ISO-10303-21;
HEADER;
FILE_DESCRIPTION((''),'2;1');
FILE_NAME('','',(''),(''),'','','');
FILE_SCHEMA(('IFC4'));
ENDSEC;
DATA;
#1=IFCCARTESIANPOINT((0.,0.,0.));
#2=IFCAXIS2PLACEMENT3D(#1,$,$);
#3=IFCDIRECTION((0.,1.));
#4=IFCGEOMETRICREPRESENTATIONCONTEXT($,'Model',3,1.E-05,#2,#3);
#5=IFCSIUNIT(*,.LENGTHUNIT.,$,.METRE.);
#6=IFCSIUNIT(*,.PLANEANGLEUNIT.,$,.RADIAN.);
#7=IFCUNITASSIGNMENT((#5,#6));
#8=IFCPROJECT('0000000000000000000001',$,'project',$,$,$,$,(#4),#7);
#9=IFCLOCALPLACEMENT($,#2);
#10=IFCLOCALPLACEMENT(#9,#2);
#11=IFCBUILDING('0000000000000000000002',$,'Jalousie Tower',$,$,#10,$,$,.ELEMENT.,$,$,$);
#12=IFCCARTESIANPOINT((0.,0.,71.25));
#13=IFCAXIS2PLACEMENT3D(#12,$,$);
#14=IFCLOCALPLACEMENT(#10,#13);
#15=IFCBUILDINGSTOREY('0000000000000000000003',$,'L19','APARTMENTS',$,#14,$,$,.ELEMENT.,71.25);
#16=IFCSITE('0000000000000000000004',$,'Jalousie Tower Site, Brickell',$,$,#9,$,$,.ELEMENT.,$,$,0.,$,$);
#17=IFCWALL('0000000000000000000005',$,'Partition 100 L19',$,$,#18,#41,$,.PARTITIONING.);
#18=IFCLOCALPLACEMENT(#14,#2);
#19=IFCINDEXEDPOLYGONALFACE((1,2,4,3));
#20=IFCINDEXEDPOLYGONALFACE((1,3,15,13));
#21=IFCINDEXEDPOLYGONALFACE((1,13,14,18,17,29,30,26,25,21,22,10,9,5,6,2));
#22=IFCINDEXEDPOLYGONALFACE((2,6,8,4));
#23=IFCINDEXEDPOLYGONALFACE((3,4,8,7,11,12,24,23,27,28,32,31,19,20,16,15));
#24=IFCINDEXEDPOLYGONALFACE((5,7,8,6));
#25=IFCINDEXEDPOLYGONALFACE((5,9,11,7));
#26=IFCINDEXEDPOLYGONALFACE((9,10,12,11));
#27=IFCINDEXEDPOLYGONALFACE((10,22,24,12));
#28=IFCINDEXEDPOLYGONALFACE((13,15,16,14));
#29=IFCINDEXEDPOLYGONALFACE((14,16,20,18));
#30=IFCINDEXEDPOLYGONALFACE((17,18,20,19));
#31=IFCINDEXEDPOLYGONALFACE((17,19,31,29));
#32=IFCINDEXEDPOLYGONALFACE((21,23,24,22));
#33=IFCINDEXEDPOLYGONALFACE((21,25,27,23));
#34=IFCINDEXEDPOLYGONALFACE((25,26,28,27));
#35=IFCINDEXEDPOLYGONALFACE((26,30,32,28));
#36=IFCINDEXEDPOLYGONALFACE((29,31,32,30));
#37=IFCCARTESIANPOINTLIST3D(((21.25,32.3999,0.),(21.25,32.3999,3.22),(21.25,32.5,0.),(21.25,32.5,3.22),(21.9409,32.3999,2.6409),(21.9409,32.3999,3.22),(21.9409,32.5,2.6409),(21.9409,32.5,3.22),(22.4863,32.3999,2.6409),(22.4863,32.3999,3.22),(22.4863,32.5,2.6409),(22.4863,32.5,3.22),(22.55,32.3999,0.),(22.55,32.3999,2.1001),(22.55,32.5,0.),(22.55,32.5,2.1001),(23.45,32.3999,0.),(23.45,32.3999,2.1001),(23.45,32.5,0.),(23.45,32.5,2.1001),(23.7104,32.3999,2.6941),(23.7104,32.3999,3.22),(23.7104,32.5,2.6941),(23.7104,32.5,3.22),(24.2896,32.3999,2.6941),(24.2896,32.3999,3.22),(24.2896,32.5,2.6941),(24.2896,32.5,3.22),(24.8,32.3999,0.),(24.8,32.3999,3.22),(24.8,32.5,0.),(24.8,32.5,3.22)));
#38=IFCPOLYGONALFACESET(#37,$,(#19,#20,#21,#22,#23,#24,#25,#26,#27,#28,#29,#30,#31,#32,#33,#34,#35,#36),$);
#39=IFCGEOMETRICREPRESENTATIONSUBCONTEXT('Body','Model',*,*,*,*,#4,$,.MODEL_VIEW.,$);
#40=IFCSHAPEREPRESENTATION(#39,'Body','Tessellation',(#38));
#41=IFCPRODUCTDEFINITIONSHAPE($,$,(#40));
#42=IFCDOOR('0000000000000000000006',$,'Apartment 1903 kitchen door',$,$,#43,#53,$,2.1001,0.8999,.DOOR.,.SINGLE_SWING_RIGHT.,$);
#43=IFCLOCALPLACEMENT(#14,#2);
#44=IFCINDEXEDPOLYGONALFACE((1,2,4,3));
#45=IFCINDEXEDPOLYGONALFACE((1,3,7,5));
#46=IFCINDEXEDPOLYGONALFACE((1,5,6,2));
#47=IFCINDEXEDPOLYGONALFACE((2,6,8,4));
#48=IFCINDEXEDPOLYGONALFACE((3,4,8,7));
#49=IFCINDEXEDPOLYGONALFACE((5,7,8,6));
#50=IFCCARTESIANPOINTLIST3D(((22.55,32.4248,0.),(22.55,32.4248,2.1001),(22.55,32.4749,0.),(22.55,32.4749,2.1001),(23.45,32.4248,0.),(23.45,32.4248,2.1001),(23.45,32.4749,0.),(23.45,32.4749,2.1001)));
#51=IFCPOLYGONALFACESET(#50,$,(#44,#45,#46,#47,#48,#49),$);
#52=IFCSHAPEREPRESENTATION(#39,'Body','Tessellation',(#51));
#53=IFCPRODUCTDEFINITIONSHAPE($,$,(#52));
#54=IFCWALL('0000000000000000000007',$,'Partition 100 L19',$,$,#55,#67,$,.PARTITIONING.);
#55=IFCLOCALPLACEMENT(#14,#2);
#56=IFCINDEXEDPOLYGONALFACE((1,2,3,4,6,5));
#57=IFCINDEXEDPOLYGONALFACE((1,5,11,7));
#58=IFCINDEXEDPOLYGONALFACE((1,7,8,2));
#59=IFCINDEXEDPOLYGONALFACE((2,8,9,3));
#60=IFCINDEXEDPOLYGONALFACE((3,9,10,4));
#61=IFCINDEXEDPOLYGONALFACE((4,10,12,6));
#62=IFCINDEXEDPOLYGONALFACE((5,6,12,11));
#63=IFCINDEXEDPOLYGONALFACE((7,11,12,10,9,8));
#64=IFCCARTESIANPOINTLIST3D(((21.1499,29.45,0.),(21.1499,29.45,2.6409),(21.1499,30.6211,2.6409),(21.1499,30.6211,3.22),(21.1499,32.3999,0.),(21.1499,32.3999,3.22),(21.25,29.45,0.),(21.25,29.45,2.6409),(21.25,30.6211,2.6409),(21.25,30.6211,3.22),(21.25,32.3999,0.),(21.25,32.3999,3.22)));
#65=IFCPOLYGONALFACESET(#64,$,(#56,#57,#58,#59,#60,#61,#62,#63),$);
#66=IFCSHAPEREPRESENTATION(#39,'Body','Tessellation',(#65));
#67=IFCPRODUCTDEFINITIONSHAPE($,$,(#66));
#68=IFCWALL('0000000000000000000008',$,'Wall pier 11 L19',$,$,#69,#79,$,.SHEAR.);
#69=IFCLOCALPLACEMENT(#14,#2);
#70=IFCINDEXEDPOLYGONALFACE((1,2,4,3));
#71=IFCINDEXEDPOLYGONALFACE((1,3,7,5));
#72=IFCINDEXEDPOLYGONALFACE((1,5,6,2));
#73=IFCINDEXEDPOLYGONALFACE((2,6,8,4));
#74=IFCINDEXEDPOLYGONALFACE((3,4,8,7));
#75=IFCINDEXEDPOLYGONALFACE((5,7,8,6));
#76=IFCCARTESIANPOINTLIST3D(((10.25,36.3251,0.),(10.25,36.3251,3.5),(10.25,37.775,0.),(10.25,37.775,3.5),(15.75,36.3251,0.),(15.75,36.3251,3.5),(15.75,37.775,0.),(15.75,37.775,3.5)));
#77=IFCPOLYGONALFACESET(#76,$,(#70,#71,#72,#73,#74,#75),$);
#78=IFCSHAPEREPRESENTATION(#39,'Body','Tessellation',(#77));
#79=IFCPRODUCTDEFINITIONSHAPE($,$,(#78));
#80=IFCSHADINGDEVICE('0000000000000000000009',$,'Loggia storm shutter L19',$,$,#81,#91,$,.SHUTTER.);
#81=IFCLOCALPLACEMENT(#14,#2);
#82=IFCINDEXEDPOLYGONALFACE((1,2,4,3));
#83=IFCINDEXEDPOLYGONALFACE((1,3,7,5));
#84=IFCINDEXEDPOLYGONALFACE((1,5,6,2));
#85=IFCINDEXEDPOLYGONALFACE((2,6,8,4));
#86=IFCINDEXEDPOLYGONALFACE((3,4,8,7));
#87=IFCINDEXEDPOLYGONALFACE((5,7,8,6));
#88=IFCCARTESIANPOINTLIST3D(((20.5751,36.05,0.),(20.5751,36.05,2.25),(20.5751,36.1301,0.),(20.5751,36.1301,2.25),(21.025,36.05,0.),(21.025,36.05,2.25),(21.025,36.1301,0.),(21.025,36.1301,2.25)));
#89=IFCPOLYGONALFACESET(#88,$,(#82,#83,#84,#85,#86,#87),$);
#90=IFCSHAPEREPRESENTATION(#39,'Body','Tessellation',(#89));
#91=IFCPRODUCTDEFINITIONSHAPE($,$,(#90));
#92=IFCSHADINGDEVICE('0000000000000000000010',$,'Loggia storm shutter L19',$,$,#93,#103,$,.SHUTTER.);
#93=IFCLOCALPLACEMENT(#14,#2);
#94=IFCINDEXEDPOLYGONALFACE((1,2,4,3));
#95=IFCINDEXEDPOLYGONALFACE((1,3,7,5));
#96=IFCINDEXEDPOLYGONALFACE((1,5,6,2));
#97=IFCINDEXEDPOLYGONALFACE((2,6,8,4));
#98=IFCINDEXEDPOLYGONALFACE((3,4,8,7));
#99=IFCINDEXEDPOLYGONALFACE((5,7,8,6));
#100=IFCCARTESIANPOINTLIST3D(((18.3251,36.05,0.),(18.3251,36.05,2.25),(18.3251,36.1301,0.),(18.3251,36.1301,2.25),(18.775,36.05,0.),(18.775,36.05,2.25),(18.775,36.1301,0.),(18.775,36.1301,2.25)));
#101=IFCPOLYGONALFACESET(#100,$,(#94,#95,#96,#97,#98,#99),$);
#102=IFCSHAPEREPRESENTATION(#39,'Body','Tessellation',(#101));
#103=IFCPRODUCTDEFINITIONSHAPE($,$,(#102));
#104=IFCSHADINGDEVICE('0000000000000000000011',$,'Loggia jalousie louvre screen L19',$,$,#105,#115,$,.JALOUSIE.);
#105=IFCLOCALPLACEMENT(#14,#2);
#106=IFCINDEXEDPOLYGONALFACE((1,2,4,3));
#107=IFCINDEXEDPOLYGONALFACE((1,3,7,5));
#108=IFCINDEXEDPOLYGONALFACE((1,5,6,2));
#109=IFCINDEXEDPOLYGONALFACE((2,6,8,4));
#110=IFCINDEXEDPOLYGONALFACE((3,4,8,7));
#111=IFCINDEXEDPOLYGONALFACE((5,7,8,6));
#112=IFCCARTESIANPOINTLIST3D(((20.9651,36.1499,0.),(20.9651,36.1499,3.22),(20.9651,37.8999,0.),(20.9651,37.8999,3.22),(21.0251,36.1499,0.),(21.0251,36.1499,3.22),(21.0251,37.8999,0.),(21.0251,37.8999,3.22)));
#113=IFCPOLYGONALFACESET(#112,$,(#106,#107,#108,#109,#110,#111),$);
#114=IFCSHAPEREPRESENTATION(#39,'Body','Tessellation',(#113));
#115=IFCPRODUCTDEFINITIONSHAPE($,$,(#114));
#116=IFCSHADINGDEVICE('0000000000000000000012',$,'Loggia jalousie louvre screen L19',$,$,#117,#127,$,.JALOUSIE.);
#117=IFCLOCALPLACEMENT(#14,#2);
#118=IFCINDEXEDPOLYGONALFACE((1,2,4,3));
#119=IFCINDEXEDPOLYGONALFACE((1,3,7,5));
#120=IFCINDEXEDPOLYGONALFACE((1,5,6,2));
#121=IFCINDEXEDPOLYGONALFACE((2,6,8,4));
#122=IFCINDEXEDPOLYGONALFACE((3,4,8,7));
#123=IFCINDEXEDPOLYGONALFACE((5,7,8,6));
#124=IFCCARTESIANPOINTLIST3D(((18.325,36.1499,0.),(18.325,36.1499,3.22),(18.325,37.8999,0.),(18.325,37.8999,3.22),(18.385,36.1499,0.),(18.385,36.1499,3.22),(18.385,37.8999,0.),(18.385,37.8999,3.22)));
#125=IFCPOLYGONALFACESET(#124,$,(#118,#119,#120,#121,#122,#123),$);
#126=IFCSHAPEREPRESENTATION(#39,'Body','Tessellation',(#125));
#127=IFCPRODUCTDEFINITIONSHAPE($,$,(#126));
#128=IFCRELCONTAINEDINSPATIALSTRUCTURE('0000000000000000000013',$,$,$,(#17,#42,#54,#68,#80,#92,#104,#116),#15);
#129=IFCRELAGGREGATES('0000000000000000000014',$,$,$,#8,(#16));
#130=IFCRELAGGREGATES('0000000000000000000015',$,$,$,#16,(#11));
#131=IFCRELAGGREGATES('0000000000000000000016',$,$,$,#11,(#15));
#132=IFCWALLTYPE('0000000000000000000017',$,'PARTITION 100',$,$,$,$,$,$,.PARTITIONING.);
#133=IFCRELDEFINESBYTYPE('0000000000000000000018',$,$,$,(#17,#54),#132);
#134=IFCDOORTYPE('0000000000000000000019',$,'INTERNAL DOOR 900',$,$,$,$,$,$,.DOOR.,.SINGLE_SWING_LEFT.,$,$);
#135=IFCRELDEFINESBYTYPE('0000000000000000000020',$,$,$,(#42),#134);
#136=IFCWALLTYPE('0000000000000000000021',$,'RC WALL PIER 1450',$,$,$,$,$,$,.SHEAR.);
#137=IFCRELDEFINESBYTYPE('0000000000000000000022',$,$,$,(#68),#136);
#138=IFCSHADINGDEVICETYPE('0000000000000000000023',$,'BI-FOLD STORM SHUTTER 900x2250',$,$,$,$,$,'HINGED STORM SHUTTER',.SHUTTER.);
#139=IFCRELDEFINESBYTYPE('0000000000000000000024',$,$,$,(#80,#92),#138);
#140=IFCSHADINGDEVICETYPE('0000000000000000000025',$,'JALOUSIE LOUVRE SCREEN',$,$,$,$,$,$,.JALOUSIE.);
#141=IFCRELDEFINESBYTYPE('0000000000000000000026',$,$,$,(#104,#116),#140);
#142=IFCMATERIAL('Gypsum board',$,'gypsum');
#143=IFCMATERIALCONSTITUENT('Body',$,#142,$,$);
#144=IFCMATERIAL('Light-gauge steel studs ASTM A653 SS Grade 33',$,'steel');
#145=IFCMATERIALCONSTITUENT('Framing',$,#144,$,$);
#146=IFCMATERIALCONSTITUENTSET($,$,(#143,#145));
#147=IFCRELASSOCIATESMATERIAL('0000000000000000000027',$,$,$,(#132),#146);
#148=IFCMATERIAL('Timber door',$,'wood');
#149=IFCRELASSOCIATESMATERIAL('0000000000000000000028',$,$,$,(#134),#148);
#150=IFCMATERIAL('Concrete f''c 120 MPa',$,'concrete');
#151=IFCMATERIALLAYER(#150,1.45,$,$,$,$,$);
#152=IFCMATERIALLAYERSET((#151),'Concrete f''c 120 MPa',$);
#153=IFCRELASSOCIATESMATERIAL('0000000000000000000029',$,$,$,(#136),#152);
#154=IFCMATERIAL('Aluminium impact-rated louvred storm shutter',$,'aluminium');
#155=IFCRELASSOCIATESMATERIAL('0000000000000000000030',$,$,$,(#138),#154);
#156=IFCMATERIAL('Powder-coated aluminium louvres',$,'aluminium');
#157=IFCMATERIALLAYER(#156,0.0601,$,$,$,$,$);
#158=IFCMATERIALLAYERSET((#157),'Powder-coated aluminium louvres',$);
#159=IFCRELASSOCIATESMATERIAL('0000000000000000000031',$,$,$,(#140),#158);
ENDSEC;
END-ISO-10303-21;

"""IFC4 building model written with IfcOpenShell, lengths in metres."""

from ifc_helpers import new_model, si_unit, direction, frame, frame_2d, origin, origin_2d, place, context, subcontext, project, spatial, polyline, rectangle, outline, extrude, material, layer, layer_set, constituent, constituent_set, type_object, element, fill, save


model = new_model("IFC4")

# Units and contexts
model_context = context("Model", 3, precision=1e-05, world=origin(), true_north=direction((0.0, 1.0)))
body_context = subcontext(model_context, "Body", "Model", "MODEL_VIEW")
ifc_project = project(units=[si_unit("LENGTHUNIT", "METRE"), si_unit("PLANEANGLEUNIT", "RADIAN")], contexts=[model_context])

# Site, building, storey
site_placement = place(None, origin())
site = spatial("IfcSite", under=ifc_project, at=site_placement, Name="Jalousie Tower Site, Brickell", CompositionType="ELEMENT", RefElevation=0.0)
building_placement = place(site_placement, origin())
building = spatial("IfcBuilding", under=site, at=building_placement, Name="Jalousie Tower", CompositionType="ELEMENT")
storey_placement = place(building_placement, frame((0.0, 0.0, 71.25)))
storey = spatial("IfcBuildingStorey", under=building, at=storey_placement, Name="L19", Description="APARTMENTS", CompositionType="ELEMENT", Elevation=71.25)

# Wall, opening, door
ifc_material_1 = material(Name="Gypsum board", Category="gypsum")
ifc_constituent_1 = constituent(ifc_material_1, Name="Body")
ifc_material_2 = material(Name="Light-gauge steel studs ASTM A653 SS Grade 33", Category="steel")
ifc_constituent_2 = constituent(ifc_material_2, Name="Framing")
ifc_constituent_set_1 = constituent_set(constituents=[ifc_constituent_1, ifc_constituent_2])
wall_type_1 = type_object("IfcWallType", Name="PARTITION 100", PredefinedType="PARTITIONING", material=ifc_constituent_set_1)
wall_1_placement = place(storey_placement, frame((21.25, 32.45, 0.0), z_axis=(0.0, 0.0, 1.0), x_axis=(1.0, 0.0, 0.0)))
wall_1 = element("IfcWall", 1, at=wall_1_placement, inside=storey, type_object=wall_type_1, Name="Partition 100 L19", PredefinedType="PARTITIONING", context=body_context, shape_type="SweptSolid", body=[
    extrude(outline(polyline([(0.0, 0.0), (3.55, 0.0), (3.55, 3.22), (3.0396, 3.22), (3.0396, 2.6941), (2.4604, 2.6941), (2.4604, 3.22), (1.2363, 3.22), (1.2363, 2.6409), (0.6909, 2.6409), (0.6909, 3.22), (0.0, 3.22), (0.0, 0.0)])), frame((0.0, 0.05, 0.0), z_axis=(0.0, -1.0, 0.0), x_axis=(1.0, 0.0, 0.0)), (0.0, 0.0, 1.0), 0.1001),
])
opening_1_placement = place(wall_1_placement, frame((1.3, 0.0, 0.0)))
opening_1 = element("IfcOpeningElement", 2, at=opening_1_placement, cuts=wall_1, PredefinedType="OPENING", context=body_context, shape_type="SweptSolid", body=[
    extrude(rectangle(XDim=0.8999, YDim=2.1001, at=frame_2d((0.45, 1.05))), frame((0.0, 0.0601, 0.0), z_axis=(0.0, -1.0, 0.0), x_axis=(1.0, 0.0, 0.0)), (0.0, 0.0, 1.0), 0.1201),
])
ifc_material_3 = material(Name="Timber door", Category="wood")
door_type_1 = type_object("IfcDoorType", Name="INTERNAL DOOR 900", OperationType="SINGLE_SWING_LEFT", PredefinedType="DOOR", material=ifc_material_3)
door_1_placement = place(opening_1_placement, origin())
door_1 = element("IfcDoor", 3, at=door_1_placement, inside=storey, type_object=door_type_1, Name="Apartment 1903 kitchen door", OperationType="SINGLE_SWING_RIGHT", OverallHeight=2.1001, OverallWidth=0.8999, PredefinedType="DOOR", context=body_context, shape_type="SweptSolid", body=[
    extrude(rectangle(XDim=0.8999, YDim=2.1001, at=frame_2d((0.45, 1.05))), frame((0.0, 0.0249, 0.0), z_axis=(0.0, -1.0, 0.0), x_axis=(1.0, 0.0, 0.0)), (0.0, 0.0, 1.0), 0.05),
])
fill(opening_1, door_1)

# Walls
wall_2_placement = place(storey_placement, frame((21.2, 32.3999, 0.0), z_axis=(0.0, 0.0, 1.0), x_axis=(0.0, -1.0, 0.0)))
element("IfcWall", 4, at=wall_2_placement, inside=storey, type_object=wall_type_1, Name="Partition 100 L19", PredefinedType="PARTITIONING", context=body_context, shape_type="SweptSolid", body=[
    extrude(outline(polyline([(0.0, 0.0), (2.95, 0.0), (2.95, 2.6409), (1.7788, 2.6409), (1.7788, 3.22), (0.0, 3.22), (0.0, 0.0)])), frame((0.0, 0.05, 0.0), z_axis=(0.0, -1.0, 0.0), x_axis=(1.0, 0.0, 0.0)), (0.0, 0.0, 1.0), 0.1001),
])
ifc_material_4 = material(Name="Concrete f'c 120 MPa", Category="concrete")
ifc_layer_1 = layer(ifc_material_4, 1.45)
ifc_layer_set_1 = layer_set([ifc_layer_1], Name="Concrete f'c 120 MPa")
wall_type_2 = type_object("IfcWallType", Name="RC WALL PIER 1450", PredefinedType="SHEAR", material=ifc_layer_set_1)
wall_3_placement = place(storey_placement, frame((10.25, 37.05, 0.0), z_axis=(0.0, 0.0, 1.0), x_axis=(1.0, 0.0, 0.0)))
element("IfcWall", 5, at=wall_3_placement, inside=storey, type_object=wall_type_2, Name="Wall pier 11 L19", PredefinedType="SHEAR", context=body_context, shape_type="SweptSolid", body=[
    extrude(rectangle(XDim=5.5, YDim=1.45, at=frame_2d((2.75, 0.0))), origin(), (0.0, 0.0, 1.0), 3.5),
])

# Shading devices
ifc_material_5 = material(Name="Aluminium impact-rated louvred storm shutter", Category="aluminium")
shading_device_type_1 = type_object("IfcShadingDeviceType", Name="BI-FOLD STORM SHUTTER 900x2250", ElementType="HINGED STORM SHUTTER", PredefinedType="SHUTTER", material=ifc_material_5)
for number, where, z_axis, x_axis, name in (
    (6, (20.8, 36.0901, 0.0), (0.0, 0.0, 1.0), (-1.0, 0.0, 0.0), "Loggia storm shutter L19"),
    (7, (18.55, 36.0901, 0.0), (0.0, 0.0, 1.0), (-1.0, 0.0, 0.0), "Loggia storm shutter L19"),
):
    element("IfcShadingDevice", number, at=place(storey_placement, frame(where, z_axis=z_axis, x_axis=x_axis)), inside=storey, type_object=shading_device_type_1, Name=name, PredefinedType="SHUTTER", context=body_context, shape_type="SweptSolid", body=[
        extrude(rectangle(XDim=0.45, YDim=0.0801, at=origin_2d()), origin(), (0.0, 0.0, 1.0), 2.25),
    ])
ifc_material_6 = material(Name="Powder-coated aluminium louvres", Category="aluminium")
ifc_layer_2 = layer(ifc_material_6, 0.0601)
ifc_layer_set_2 = layer_set([ifc_layer_2], Name="Powder-coated aluminium louvres")
shading_device_type_2 = type_object("IfcShadingDeviceType", Name="JALOUSIE LOUVRE SCREEN", PredefinedType="JALOUSIE", material=ifc_layer_set_2)
for number, where, z_axis, x_axis, name in (
    (8, (20.9951, 37.0249, 0.0), (0.0, 0.0, 1.0), (-1.0, 0.0, 0.0), "Loggia jalousie louvre screen L19"),
    (9, (18.355, 37.0249, 0.0), (0.0, 0.0, 1.0), (-1.0, 0.0, 0.0), "Loggia jalousie louvre screen L19"),
):
    element("IfcShadingDevice", number, at=place(storey_placement, frame(where, z_axis=z_axis, x_axis=x_axis)), inside=storey, type_object=shading_device_type_2, Name=name, PredefinedType="JALOUSIE", context=body_context, shape_type="SweptSolid", body=[
        extrude(rectangle(XDim=0.0601, YDim=1.75, at=origin_2d()), origin(), (0.0, 0.0, 1.0), 3.22),
    ])

save(model, "model.ifc")
